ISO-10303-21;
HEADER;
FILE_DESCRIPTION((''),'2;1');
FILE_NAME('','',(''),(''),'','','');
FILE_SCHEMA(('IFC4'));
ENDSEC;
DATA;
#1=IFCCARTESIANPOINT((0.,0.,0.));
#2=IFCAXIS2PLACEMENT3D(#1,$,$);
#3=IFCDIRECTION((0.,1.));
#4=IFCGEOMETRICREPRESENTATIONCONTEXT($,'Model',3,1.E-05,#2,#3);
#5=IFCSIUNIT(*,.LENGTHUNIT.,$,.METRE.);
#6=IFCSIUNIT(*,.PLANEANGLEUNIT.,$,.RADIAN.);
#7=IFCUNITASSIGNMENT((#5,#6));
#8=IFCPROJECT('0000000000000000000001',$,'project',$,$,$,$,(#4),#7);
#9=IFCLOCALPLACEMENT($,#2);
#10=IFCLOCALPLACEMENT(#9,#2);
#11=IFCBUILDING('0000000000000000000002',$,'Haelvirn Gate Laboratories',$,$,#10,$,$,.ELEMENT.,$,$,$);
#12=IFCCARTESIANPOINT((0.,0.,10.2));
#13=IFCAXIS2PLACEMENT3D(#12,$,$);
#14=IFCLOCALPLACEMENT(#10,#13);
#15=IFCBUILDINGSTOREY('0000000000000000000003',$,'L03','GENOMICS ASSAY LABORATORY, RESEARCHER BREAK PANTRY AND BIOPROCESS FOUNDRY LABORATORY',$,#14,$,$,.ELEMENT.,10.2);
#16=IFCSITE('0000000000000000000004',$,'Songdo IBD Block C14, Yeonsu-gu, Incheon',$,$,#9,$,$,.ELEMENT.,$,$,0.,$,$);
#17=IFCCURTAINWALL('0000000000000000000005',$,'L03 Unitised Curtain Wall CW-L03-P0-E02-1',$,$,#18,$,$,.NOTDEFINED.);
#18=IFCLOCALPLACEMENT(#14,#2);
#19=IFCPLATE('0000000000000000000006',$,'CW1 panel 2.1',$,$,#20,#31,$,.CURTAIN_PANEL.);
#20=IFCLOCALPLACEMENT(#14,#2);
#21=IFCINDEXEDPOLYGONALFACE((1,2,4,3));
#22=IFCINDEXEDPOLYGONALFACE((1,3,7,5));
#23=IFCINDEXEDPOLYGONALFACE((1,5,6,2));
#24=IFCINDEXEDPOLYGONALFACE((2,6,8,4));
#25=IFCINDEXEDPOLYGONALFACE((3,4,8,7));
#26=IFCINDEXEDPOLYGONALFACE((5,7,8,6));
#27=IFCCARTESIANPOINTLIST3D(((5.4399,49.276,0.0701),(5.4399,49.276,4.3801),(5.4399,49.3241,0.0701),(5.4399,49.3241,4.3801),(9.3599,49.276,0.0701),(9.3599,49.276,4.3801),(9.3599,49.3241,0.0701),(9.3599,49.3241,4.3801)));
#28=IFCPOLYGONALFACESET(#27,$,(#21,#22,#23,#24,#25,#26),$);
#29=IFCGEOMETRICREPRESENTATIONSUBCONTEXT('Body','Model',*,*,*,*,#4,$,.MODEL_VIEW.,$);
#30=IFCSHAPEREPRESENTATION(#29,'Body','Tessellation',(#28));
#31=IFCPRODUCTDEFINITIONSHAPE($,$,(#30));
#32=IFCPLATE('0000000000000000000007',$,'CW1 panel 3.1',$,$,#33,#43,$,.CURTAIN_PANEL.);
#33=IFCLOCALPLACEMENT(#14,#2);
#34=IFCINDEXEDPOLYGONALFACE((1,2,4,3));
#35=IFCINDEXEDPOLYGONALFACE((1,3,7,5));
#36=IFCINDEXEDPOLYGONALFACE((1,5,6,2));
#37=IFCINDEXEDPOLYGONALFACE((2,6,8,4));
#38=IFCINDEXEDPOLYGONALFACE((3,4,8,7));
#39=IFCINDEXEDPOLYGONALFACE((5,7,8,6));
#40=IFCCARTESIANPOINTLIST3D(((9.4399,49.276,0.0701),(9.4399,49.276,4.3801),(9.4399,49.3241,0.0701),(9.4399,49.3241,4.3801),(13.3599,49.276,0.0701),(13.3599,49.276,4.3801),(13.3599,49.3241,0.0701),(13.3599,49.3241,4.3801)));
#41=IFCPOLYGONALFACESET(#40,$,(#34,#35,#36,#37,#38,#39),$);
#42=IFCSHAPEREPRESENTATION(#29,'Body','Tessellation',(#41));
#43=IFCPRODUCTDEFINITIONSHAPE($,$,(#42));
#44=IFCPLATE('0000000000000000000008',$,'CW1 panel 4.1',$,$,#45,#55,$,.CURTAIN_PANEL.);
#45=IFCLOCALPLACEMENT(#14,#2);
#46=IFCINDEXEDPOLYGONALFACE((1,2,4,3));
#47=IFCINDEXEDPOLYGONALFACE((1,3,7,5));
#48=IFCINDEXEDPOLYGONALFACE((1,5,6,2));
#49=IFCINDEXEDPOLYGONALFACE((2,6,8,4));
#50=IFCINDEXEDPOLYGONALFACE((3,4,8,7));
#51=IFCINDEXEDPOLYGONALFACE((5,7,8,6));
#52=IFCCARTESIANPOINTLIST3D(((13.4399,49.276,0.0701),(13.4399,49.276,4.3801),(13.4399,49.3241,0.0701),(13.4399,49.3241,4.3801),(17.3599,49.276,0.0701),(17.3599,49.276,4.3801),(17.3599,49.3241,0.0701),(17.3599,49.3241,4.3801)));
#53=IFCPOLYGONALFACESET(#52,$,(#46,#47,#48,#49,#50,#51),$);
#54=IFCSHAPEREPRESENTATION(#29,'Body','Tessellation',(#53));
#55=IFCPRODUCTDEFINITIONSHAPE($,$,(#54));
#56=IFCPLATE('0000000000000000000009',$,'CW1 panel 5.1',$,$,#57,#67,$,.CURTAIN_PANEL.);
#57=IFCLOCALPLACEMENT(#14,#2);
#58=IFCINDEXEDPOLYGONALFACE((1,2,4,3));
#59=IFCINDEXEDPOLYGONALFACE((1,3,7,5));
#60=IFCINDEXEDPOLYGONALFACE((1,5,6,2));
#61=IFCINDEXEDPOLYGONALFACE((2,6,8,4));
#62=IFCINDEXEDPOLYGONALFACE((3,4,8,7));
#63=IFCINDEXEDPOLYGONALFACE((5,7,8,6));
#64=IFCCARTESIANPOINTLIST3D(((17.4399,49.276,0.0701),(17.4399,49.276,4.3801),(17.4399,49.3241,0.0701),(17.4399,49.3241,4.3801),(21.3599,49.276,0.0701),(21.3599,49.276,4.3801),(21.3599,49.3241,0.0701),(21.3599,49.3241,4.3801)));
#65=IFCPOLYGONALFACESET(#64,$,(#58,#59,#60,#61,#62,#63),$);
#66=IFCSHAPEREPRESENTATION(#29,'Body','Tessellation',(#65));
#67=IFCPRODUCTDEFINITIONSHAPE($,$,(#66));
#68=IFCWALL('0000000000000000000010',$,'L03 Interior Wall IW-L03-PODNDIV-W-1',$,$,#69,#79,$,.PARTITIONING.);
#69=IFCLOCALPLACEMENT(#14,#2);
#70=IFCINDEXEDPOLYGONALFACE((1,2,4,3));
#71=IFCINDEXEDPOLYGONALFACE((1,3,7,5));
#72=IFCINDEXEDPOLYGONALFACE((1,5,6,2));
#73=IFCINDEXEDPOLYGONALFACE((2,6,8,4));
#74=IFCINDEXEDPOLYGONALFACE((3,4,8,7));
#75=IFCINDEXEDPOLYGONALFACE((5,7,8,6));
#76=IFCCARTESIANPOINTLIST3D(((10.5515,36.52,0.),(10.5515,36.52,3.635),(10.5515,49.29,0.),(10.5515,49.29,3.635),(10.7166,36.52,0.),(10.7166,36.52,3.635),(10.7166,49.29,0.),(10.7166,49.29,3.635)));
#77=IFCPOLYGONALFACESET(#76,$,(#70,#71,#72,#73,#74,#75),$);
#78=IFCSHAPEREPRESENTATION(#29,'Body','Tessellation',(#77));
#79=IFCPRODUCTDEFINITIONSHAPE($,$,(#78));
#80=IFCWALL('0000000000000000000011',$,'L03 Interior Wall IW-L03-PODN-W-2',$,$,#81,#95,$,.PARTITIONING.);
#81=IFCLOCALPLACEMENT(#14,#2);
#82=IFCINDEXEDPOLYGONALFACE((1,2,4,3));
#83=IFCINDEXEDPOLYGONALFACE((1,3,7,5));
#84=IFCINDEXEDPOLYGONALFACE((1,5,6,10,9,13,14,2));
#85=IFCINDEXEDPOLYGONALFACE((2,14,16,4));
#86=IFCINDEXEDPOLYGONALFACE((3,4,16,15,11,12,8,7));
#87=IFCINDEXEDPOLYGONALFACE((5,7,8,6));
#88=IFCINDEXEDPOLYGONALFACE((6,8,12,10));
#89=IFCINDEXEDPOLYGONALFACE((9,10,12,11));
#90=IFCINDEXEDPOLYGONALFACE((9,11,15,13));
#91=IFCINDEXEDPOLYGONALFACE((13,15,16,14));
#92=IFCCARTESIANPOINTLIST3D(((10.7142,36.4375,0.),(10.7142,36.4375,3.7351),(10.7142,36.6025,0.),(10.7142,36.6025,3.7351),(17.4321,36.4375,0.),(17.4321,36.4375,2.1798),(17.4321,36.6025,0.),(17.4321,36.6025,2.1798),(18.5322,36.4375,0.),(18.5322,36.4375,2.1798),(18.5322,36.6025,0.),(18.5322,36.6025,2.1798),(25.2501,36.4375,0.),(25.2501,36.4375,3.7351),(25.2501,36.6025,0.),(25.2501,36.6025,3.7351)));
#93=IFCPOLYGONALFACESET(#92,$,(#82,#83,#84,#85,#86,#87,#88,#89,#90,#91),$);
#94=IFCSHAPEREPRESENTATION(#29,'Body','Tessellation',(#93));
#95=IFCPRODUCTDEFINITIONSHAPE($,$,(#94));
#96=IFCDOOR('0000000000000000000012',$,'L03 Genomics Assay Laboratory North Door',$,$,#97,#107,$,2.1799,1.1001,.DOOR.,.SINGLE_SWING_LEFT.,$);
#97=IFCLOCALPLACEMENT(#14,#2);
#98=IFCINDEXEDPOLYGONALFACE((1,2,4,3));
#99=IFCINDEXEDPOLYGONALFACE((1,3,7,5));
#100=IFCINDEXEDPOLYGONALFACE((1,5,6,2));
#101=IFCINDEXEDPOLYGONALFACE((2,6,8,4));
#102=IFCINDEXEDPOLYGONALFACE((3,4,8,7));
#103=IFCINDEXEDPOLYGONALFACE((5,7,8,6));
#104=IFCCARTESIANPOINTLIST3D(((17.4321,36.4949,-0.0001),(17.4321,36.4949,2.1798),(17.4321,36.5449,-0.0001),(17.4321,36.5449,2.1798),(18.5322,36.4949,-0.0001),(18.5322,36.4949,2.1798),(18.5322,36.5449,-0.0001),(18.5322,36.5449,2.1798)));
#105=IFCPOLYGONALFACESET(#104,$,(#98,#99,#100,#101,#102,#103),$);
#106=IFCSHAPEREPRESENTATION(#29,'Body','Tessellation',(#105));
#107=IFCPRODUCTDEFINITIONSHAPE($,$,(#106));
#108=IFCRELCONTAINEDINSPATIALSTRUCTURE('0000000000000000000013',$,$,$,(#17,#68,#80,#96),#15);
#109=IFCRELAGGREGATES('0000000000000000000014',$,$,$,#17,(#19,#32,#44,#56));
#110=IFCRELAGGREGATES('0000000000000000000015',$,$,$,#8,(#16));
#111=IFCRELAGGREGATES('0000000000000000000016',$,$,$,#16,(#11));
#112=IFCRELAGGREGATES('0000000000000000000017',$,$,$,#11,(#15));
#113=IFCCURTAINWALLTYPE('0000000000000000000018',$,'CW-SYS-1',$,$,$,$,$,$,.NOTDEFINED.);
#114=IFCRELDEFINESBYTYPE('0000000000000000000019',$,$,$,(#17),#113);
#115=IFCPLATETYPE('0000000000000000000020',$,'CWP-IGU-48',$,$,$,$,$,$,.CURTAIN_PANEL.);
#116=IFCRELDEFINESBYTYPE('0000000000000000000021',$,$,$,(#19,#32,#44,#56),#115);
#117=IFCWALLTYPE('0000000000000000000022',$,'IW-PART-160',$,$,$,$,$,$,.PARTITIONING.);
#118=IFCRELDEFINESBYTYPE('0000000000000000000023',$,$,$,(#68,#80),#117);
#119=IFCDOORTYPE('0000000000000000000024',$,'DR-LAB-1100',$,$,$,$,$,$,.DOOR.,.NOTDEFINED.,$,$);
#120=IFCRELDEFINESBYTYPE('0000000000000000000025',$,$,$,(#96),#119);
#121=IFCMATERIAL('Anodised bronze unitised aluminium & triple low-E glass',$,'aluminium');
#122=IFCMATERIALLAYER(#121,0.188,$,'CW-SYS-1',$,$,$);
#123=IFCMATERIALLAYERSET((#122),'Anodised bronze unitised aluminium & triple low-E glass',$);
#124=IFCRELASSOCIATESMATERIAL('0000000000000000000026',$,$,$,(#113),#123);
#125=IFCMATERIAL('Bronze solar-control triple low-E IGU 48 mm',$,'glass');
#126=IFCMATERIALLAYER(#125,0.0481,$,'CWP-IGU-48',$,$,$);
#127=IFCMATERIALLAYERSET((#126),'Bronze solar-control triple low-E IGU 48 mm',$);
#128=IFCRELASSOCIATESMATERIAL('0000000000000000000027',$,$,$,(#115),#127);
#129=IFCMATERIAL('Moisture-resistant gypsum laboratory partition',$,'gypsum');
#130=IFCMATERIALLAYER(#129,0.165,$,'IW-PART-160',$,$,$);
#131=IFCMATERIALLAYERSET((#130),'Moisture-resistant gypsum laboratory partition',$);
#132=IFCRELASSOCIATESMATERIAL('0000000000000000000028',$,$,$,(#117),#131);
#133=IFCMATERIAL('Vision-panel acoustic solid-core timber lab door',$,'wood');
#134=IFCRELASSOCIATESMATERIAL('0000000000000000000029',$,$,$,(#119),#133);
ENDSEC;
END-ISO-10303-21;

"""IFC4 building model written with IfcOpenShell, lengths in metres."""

from ifc_helpers import new_model, si_unit, direction, frame, frame_2d, origin, origin_2d, place, context, subcontext, project, spatial, rectangle, extrude, source, transform, mapped, material, layer, layer_set, type_object, type_shapes, element, fill, aggregate, save


model = new_model("IFC4")

# Units and contexts
model_context = context("Model", 3, precision=1e-05, world=origin(), true_north=direction((0.0, 1.0)))
body_context = subcontext(model_context, "Body", "Model", "MODEL_VIEW")
ifc_project = project(units=[si_unit("LENGTHUNIT", "METRE"), si_unit("PLANEANGLEUNIT", "RADIAN")], contexts=[model_context])

# Site, building, storey
site_placement = place(None, origin())
site = spatial("IfcSite", under=ifc_project, at=site_placement, Name="Songdo IBD Block C14, Yeonsu-gu, Incheon", CompositionType="ELEMENT", RefElevation=0.0)
building_placement = place(site_placement, origin())
building = spatial("IfcBuilding", under=site, at=building_placement, Name="Haelvirn Gate Laboratories", CompositionType="ELEMENT")
storey_placement = place(building_placement, frame((0.0, 0.0, 10.2)))
storey = spatial("IfcBuildingStorey", under=building, at=storey_placement, Name="L03", Description="GENOMICS ASSAY LABORATORY, RESEARCHER BREAK PANTRY AND BIOPROCESS FOUNDRY LABORATORY", CompositionType="ELEMENT", Elevation=10.2)

# Shared definitions
ifc_material_1 = material(Name="Anodised bronze unitised aluminium & triple low-E glass", Category="aluminium")
ifc_layer_1 = layer(ifc_material_1, 0.188, Name="CW-SYS-1")
ifc_layer_set_1 = layer_set([ifc_layer_1], Name="Anodised bronze unitised aluminium & triple low-E glass")
curtain_wall_type = type_object("IfcCurtainWallType", Name="CW-SYS-1", PredefinedType="NOTDEFINED", material=ifc_layer_set_1)

# Curtain wall
curtain_wall_1_placement = place(storey_placement, origin())
curtain_wall_1 = element("IfcCurtainWall", 1, at=curtain_wall_1_placement, inside=storey, type_object=curtain_wall_type, Name="L03 Unitised Curtain Wall CW-L03-P0-E02-1", PredefinedType="NOTDEFINED")

# Plates
ifc_material_2 = material(Name="Bronze solar-control triple low-E IGU 48 mm", Category="glass")
ifc_layer_2 = layer(ifc_material_2, 0.0481, Name="CWP-IGU-48")
ifc_layer_set_2 = layer_set([ifc_layer_2], Name="Bronze solar-control triple low-E IGU 48 mm")
plate_type = type_object("IfcPlateType", Name="CWP-IGU-48", PredefinedType="CURTAIN_PANEL", material=ifc_layer_set_2)
shared_shape_1 = source(origin(), body_context, "Body", "SweptSolid", [
    extrude(rectangle(XDim=3.9199, YDim=0.0481, at=origin_2d()), origin(), (0.0, 0.0, 1.0), 4.3101),
])
plate_1_placement = place(storey_placement, frame((7.3999, 49.3, 0.0701), z_axis=(0.0, 0.0, 1.0), x_axis=(1.0, 0.0, 0.0)))
plate_1 = element("IfcPlate", 2, at=plate_1_placement, type_object=plate_type, Name="CW1 panel 2.1", PredefinedType="CURTAIN_PANEL", context=body_context, shape_type="MappedRepresentation", body=[
    mapped(shared_shape_1, transform((0.0, 0.0, 0.0), scale=1.0)),
])
plate_2_placement = place(storey_placement, frame((11.3999, 49.3, 0.0701), z_axis=(0.0, 0.0, 1.0), x_axis=(1.0, 0.0, 0.0)))
plate_2 = element("IfcPlate", 3, at=plate_2_placement, type_object=plate_type, Name="CW1 panel 3.1", PredefinedType="CURTAIN_PANEL", context=body_context, shape_type="MappedRepresentation", body=[
    mapped(shared_shape_1, transform((0.0, 0.0, 0.0), scale=1.0)),
])
plate_3_placement = place(storey_placement, frame((15.3999, 49.3, 0.0701), z_axis=(0.0, 0.0, 1.0), x_axis=(1.0, 0.0, 0.0)))
plate_3 = element("IfcPlate", 4, at=plate_3_placement, type_object=plate_type, Name="CW1 panel 4.1", PredefinedType="CURTAIN_PANEL", context=body_context, shape_type="MappedRepresentation", body=[
    mapped(shared_shape_1, transform((0.0, 0.0, 0.0), scale=1.0)),
])
plate_4_placement = place(storey_placement, frame((19.3999, 49.3, 0.0701), z_axis=(0.0, 0.0, 1.0), x_axis=(1.0, 0.0, 0.0)))
plate_4 = element("IfcPlate", 5, at=plate_4_placement, type_object=plate_type, Name="CW1 panel 5.1", PredefinedType="CURTAIN_PANEL", context=body_context, shape_type="MappedRepresentation", body=[
    mapped(shared_shape_1, transform((0.0, 0.0, 0.0), scale=1.0)),
])
aggregate(curtain_wall_1, [plate_1, plate_2, plate_3, plate_4])

# Wall
ifc_material_3 = material(Name="Moisture-resistant gypsum laboratory partition", Category="gypsum")
ifc_layer_3 = layer(ifc_material_3, 0.165, Name="IW-PART-160")
ifc_layer_set_3 = layer_set([ifc_layer_3], Name="Moisture-resistant gypsum laboratory partition")
wall_type = type_object("IfcWallType", Name="IW-PART-160", PredefinedType="PARTITIONING", material=ifc_layer_set_3)
wall_1_placement = place(storey_placement, frame((10.634, 36.52, 0.0), z_axis=(0.0, 0.0, 1.0), x_axis=(0.0, 1.0, 0.0)))
element("IfcWall", 6, at=wall_1_placement, inside=storey, type_object=wall_type, Name="L03 Interior Wall IW-L03-PODNDIV-W-1", PredefinedType="PARTITIONING", context=body_context, shape_type="SweptSolid", body=[
    extrude(rectangle(XDim=12.77, YDim=0.165, at=frame_2d((6.385, 0.0))), origin(), (0.0, 0.0, 1.0), 3.635),
])

# Wall, opening, door
wall_2_placement = place(storey_placement, frame((10.7141, 36.52, 0.0), z_axis=(0.0, 0.0, 1.0), x_axis=(1.0, 0.0, 0.0)))
wall_2 = element("IfcWall", 7, at=wall_2_placement, inside=storey, type_object=wall_type, Name="L03 Interior Wall IW-L03-PODN-W-2", PredefinedType="PARTITIONING", context=body_context, shape_type="SweptSolid", body=[
    extrude(rectangle(XDim=14.5359, YDim=0.165, at=frame_2d((7.2681, 0.0))), origin(), (0.0, 0.0, 1.0), 3.7351),
])
opening_placement = place(wall_2_placement, frame((6.718, 0.0, 0.0)))
opening = element("IfcOpeningElement", 8, at=opening_placement, cuts=wall_2, PredefinedType="OPENING", context=body_context, shape_type="SweptSolid", body=[
    extrude(rectangle(XDim=1.1001, YDim=2.1799, at=frame_2d((0.55, 1.0898))), frame((0.0, 0.0925, 0.0), z_axis=(0.0, -1.0, 0.0), x_axis=(1.0, 0.0, 0.0)), (0.0, 0.0, 1.0), 0.1851),
])
ifc_material_4 = material(Name="Vision-panel acoustic solid-core timber lab door", Category="wood")
door_type = type_object("IfcDoorType", Name="DR-LAB-1100", OperationType="NOTDEFINED", PredefinedType="DOOR", material=ifc_material_4)
shared_shape_2 = source(origin(), body_context, "Body", "SweptSolid", [
    extrude(rectangle(XDim=1.1001, YDim=2.1799, at=frame_2d((0.55, 1.0898))), frame((0.0, 0.0249, 0.0), z_axis=(0.0, -1.0, 0.0), x_axis=(1.0, 0.0, 0.0)), (0.0, 0.0, 1.0), 0.05),
])
type_shapes(door_type, [shared_shape_2])
door_placement = place(opening_placement, origin())
door = element("IfcDoor", 9, at=door_placement, inside=storey, type_object=door_type, Name="L03 Genomics Assay Laboratory North Door", OperationType="SINGLE_SWING_LEFT", OverallHeight=2.1799, OverallWidth=1.1001, PredefinedType="DOOR", context=body_context, shape_type="MappedRepresentation", body=[
    mapped(shared_shape_2, transform((0.0, 0.0, 0.0), scale=1.0)),
])
fill(opening, door)

save(model, "model.ifc")
